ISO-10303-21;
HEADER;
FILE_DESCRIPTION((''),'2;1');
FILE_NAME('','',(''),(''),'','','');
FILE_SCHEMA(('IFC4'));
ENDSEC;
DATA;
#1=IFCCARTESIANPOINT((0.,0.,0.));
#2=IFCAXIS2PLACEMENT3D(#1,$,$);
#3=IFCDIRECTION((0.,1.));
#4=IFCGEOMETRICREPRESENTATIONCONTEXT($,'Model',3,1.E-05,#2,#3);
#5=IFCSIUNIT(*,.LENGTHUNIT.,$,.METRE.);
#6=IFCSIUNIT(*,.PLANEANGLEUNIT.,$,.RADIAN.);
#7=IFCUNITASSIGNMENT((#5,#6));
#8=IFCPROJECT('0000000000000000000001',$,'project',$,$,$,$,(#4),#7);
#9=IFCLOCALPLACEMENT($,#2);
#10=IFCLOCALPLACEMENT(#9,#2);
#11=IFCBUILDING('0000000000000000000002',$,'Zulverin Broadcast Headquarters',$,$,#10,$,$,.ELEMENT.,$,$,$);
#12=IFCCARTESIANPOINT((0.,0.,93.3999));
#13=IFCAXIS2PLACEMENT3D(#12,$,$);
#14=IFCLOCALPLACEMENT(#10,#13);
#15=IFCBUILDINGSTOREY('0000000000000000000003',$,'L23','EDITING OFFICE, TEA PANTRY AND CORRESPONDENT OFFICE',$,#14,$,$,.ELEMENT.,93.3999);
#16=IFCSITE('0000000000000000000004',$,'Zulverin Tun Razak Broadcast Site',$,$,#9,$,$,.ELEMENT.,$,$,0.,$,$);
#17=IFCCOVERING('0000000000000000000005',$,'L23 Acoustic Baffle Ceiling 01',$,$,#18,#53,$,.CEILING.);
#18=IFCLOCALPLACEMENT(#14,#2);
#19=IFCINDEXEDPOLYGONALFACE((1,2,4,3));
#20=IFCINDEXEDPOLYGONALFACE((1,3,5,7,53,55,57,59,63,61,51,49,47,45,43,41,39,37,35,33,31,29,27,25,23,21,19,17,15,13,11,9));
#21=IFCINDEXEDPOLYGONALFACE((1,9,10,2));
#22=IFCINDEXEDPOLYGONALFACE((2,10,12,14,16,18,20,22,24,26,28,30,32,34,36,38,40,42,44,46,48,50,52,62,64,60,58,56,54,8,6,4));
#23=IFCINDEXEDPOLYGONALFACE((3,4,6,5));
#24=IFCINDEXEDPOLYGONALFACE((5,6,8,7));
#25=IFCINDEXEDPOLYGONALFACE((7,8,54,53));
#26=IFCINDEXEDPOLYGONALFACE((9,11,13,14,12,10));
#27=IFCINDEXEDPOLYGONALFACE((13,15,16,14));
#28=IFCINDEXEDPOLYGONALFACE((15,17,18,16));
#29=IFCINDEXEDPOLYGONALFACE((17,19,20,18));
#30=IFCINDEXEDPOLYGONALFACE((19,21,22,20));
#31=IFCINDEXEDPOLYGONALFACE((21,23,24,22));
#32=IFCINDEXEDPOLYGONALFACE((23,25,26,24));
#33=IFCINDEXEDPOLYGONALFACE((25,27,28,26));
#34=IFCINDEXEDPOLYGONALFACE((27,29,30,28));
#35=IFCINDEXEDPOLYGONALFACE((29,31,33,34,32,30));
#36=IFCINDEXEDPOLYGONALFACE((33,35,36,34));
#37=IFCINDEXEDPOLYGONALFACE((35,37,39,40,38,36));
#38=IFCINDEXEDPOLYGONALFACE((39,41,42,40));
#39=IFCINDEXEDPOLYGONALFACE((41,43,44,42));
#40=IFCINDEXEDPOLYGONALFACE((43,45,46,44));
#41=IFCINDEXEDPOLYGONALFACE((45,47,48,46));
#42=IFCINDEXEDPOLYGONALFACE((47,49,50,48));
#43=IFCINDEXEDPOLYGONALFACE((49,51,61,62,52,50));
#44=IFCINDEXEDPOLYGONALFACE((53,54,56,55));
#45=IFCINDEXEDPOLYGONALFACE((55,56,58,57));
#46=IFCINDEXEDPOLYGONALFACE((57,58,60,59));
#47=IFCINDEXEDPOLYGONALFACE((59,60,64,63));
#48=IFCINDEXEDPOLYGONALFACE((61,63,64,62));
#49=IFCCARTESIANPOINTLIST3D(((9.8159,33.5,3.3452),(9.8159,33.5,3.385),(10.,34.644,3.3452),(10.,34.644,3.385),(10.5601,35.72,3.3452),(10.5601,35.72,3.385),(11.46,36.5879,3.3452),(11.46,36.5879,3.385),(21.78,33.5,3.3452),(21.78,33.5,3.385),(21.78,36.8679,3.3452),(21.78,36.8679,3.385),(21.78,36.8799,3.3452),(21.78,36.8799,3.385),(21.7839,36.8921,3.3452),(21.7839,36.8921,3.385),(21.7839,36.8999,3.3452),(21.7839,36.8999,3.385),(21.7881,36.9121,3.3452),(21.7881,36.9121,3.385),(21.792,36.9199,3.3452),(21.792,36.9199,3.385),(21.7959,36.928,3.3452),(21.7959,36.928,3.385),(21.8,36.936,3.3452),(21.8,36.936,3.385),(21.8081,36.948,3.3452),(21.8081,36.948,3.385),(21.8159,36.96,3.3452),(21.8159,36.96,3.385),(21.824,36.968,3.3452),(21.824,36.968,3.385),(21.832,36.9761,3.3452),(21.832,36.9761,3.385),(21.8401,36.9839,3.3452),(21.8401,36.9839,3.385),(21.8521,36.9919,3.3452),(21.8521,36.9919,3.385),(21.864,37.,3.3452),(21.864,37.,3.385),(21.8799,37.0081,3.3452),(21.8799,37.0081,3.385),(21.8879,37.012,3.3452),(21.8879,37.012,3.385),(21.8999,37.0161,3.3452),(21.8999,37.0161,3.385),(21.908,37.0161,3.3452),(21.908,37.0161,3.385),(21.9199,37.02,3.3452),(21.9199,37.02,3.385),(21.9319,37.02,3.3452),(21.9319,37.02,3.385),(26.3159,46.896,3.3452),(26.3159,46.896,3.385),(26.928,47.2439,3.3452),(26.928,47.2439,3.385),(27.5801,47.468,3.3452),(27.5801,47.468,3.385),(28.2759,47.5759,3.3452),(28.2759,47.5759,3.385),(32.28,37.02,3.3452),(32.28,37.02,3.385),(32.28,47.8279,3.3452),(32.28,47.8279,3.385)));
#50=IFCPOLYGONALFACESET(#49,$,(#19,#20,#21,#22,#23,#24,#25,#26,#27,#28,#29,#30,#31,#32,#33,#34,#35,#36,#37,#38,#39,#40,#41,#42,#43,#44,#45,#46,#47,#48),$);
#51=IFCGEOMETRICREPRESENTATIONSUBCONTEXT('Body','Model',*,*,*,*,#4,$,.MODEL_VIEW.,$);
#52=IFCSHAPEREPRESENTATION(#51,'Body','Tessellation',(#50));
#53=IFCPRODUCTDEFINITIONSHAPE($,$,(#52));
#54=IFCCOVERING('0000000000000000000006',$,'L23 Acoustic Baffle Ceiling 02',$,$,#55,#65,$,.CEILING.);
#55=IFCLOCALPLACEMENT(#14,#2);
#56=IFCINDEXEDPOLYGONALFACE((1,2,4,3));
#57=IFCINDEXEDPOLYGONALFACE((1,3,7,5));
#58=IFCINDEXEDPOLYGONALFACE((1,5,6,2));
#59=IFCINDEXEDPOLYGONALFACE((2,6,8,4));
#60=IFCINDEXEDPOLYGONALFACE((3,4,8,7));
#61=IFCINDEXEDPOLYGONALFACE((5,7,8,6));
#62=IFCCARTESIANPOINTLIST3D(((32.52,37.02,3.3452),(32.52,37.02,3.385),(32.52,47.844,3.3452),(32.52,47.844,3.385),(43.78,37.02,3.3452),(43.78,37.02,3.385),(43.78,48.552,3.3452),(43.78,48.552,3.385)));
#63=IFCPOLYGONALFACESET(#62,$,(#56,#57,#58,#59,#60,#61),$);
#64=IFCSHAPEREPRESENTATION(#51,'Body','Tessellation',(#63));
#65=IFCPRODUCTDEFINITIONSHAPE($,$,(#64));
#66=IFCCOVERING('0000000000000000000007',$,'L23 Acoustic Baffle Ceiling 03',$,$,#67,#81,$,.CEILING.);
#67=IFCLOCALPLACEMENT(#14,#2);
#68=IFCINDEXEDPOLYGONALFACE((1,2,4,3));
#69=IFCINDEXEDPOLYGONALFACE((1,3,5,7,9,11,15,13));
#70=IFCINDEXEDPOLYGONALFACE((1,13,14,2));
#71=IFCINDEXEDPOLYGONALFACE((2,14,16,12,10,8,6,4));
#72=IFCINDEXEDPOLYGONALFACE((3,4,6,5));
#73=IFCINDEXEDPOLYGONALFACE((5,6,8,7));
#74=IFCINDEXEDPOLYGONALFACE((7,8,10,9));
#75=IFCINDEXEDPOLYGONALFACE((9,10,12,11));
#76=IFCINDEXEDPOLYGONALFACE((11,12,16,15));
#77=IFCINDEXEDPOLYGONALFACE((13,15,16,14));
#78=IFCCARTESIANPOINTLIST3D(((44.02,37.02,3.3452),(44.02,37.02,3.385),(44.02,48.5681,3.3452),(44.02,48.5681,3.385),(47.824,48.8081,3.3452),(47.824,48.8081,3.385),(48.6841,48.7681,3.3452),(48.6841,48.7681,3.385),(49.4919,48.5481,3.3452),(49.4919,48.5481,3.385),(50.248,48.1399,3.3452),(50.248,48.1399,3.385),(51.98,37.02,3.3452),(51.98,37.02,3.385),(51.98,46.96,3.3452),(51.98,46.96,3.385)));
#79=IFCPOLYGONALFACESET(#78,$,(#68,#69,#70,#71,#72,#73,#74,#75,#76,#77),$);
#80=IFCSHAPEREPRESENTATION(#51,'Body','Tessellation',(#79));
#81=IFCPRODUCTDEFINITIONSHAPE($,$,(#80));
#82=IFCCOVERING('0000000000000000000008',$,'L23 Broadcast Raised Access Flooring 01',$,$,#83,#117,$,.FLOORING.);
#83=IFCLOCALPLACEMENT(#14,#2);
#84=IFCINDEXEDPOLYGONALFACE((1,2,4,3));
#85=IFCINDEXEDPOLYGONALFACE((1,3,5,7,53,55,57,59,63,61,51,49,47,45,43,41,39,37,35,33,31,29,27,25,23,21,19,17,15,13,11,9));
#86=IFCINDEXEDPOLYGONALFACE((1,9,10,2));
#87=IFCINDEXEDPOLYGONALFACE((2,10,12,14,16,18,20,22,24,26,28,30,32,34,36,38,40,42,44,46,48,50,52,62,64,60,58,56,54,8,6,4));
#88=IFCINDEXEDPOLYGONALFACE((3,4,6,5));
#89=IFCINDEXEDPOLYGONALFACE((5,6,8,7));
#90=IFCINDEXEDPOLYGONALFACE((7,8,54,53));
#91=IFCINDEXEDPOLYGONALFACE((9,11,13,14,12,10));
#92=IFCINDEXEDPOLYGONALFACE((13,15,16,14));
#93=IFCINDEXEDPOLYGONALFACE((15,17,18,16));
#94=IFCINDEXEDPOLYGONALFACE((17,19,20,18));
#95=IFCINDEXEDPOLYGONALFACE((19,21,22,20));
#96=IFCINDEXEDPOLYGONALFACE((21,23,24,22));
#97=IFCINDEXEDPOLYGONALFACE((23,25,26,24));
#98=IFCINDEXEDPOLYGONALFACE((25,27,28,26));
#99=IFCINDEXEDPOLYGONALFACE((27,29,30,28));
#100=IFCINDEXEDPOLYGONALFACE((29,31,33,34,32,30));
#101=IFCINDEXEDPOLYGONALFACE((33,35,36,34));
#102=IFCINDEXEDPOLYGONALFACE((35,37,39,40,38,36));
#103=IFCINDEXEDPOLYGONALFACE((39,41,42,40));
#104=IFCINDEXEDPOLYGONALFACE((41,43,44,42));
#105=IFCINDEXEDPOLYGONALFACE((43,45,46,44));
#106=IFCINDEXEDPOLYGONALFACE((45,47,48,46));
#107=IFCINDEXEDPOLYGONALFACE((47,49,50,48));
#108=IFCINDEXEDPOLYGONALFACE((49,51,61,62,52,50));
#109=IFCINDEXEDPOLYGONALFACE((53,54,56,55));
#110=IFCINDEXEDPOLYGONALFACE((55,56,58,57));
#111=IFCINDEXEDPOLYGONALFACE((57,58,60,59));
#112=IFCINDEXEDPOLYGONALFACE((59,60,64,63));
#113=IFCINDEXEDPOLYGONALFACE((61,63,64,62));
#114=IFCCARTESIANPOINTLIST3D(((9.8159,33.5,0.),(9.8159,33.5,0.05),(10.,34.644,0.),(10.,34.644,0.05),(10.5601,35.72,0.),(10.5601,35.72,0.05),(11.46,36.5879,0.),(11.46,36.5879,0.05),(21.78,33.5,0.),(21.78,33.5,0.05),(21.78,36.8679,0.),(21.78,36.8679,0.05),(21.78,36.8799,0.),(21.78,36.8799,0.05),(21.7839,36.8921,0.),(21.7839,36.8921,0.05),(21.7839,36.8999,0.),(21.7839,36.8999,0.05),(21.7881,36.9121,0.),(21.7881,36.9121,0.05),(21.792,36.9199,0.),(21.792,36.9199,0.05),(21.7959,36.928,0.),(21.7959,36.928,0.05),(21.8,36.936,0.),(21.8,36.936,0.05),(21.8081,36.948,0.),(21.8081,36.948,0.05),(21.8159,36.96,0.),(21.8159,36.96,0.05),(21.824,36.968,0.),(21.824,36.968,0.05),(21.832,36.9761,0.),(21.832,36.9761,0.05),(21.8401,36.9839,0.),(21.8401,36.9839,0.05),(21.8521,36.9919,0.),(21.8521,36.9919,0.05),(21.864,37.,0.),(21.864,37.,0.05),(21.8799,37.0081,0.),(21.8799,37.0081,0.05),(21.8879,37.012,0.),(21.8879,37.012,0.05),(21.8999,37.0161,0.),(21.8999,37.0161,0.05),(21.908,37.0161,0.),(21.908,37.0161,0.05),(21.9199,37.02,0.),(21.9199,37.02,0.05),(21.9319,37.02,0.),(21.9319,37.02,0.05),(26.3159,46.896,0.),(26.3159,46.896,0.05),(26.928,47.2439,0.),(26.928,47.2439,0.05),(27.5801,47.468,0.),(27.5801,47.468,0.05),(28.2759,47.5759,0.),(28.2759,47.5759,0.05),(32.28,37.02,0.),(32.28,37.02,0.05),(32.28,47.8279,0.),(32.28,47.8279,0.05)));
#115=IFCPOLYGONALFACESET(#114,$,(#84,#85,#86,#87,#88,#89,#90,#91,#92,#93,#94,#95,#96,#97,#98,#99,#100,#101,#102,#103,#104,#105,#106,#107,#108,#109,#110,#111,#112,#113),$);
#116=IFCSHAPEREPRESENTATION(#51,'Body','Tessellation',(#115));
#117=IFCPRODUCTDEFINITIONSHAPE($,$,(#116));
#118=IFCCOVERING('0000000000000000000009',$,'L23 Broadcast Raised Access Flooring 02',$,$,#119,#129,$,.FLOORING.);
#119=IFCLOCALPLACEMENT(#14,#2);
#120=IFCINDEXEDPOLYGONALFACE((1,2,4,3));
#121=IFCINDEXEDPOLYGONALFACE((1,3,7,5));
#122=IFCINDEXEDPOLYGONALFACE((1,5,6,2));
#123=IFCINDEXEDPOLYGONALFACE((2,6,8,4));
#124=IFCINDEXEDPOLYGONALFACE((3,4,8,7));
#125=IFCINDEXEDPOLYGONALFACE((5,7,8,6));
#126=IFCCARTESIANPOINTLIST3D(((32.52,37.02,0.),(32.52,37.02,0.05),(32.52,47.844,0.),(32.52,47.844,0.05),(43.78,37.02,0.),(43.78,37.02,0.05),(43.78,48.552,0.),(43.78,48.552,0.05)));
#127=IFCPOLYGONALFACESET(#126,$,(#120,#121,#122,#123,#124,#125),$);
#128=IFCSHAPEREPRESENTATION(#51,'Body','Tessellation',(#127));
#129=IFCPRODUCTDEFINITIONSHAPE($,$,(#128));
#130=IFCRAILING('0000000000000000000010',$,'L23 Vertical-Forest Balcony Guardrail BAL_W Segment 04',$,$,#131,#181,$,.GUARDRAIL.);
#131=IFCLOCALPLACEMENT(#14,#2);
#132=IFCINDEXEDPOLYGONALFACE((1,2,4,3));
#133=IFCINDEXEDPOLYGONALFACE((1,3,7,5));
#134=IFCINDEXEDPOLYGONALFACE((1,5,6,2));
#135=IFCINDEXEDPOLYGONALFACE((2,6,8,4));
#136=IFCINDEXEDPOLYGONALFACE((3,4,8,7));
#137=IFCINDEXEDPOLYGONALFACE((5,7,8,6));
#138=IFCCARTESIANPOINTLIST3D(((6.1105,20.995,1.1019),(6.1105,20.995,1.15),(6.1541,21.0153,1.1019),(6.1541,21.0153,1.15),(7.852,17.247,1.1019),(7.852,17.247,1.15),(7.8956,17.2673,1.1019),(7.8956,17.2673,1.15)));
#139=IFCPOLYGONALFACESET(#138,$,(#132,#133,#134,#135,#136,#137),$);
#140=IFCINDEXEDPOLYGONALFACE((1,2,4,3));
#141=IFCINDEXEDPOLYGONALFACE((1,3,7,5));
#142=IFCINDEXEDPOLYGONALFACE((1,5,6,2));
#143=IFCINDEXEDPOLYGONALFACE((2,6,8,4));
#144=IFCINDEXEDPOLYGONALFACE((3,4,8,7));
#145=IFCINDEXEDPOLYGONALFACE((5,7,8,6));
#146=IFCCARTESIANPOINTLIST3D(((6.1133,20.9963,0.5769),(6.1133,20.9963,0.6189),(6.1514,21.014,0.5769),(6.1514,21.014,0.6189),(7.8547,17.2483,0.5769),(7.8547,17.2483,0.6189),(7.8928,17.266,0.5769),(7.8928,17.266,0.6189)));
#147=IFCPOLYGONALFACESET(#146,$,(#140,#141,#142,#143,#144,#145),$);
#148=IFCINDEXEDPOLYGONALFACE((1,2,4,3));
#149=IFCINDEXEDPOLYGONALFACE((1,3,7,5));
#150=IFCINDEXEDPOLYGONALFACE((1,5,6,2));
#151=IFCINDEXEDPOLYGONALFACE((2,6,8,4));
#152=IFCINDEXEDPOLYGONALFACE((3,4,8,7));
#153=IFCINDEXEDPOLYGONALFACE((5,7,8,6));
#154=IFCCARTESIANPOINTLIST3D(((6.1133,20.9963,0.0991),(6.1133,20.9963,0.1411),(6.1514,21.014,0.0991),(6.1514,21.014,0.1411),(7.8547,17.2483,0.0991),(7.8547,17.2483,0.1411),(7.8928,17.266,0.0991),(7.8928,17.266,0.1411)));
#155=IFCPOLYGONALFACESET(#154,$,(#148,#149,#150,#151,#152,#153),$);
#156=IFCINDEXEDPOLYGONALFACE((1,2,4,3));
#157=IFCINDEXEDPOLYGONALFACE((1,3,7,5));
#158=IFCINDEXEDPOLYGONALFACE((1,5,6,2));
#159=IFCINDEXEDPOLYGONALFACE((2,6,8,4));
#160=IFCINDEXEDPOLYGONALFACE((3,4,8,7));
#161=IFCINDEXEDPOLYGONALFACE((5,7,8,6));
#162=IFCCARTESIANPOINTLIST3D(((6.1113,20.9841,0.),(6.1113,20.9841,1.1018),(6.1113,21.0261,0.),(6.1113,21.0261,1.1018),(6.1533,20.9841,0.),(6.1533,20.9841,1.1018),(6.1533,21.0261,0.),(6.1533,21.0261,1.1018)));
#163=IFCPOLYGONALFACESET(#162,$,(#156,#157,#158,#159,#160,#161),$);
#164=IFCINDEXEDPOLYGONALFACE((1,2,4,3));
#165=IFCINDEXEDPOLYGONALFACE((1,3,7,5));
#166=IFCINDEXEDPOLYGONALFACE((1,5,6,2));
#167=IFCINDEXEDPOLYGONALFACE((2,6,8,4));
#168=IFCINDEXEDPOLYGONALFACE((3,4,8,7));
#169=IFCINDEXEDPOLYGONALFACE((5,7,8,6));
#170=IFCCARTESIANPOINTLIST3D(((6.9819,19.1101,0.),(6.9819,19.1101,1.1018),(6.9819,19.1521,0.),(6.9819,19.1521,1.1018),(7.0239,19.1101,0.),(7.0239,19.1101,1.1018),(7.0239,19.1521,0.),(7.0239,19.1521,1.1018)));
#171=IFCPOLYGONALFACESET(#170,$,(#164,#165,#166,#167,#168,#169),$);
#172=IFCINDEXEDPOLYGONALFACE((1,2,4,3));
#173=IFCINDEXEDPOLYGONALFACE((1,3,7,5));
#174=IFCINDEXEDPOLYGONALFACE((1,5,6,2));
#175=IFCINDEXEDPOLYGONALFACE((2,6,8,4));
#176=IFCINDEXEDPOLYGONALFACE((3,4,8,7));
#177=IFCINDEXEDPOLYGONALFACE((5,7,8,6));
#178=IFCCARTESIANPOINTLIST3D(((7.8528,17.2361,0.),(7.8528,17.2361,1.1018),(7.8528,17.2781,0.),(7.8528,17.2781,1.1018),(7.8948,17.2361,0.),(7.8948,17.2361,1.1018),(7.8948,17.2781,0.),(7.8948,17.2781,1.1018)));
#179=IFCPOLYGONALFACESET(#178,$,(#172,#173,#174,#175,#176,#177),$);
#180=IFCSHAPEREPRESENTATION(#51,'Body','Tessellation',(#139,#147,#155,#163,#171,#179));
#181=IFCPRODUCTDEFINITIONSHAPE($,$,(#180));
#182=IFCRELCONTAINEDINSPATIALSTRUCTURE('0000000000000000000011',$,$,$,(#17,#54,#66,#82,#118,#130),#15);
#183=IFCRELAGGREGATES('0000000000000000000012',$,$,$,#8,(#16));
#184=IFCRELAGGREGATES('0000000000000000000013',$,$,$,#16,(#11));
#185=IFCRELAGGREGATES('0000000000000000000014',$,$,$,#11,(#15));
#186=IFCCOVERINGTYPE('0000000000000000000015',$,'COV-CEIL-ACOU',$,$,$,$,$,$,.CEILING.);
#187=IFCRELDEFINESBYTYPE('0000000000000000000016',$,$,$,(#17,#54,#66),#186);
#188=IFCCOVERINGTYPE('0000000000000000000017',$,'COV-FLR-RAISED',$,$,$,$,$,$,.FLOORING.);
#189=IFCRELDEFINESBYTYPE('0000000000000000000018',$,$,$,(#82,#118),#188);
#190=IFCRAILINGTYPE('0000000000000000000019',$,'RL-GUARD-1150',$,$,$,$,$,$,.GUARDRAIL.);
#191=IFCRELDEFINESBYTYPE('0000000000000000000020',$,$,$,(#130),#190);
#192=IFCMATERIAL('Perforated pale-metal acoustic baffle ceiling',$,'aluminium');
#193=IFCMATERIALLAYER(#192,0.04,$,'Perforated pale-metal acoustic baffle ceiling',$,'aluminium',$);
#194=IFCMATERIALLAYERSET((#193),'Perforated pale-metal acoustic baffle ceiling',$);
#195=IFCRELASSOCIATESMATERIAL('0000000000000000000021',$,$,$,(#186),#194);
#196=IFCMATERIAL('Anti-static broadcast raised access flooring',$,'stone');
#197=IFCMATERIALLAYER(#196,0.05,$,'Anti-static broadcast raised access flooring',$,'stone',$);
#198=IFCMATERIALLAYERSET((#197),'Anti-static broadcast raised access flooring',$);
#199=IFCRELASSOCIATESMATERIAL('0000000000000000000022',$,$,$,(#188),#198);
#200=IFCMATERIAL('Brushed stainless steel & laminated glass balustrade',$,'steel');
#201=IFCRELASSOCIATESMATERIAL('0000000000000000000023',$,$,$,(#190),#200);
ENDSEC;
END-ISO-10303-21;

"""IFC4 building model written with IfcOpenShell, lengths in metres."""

from ifc_helpers import new_model, si_unit, direction, frame, origin, origin_2d, place, context, subcontext, project, spatial, polyline, rectangle, outline, extrude, material, layer, layer_set, type_object, element, save


model = new_model("IFC4")

# Units and contexts
model_context = context("Model", 3, precision=1e-05, world=origin(), true_north=direction((0.0, 1.0)))
body_context = subcontext(model_context, "Body", "Model", "MODEL_VIEW")
ifc_project = project(units=[si_unit("LENGTHUNIT", "METRE"), si_unit("PLANEANGLEUNIT", "RADIAN")], contexts=[model_context])

# Site, building, storey
site_placement = place(None, origin())
site = spatial("IfcSite", under=ifc_project, at=site_placement, Name="Zulverin Tun Razak Broadcast Site", CompositionType="ELEMENT", RefElevation=0.0)
building_placement = place(site_placement, origin())
building = spatial("IfcBuilding", under=site, at=building_placement, Name="Zulverin Broadcast Headquarters", CompositionType="ELEMENT")
storey_placement = place(building_placement, frame((0.0, 0.0, 93.3999)))
storey = spatial("IfcBuildingStorey", under=building, at=storey_placement, Name="L23", Description="EDITING OFFICE, TEA PANTRY AND CORRESPONDENT OFFICE", CompositionType="ELEMENT", Elevation=93.3999)

# Coverings
ifc_material_1 = material(Name="Perforated pale-metal acoustic baffle ceiling", Category="aluminium")
ifc_layer_1 = layer(ifc_material_1, 0.04, Name="Perforated pale-metal acoustic baffle ceiling", Category="aluminium")
ifc_layer_set_1 = layer_set([ifc_layer_1], Name="Perforated pale-metal acoustic baffle ceiling")
covering_type_1 = type_object("IfcCoveringType", Name="COV-CEIL-ACOU", PredefinedType="CEILING", material=ifc_layer_set_1)
covering_1_placement = place(storey_placement, frame((0.0, 0.0, 3.3452)))
element("IfcCovering", 1, at=covering_1_placement, inside=storey, type_object=covering_type_1, Name="L23 Acoustic Baffle Ceiling 01", PredefinedType="CEILING", context=body_context, shape_type="SweptSolid", body=[
    extrude(outline(polyline([(11.46, 36.5879), (10.5601, 35.72), (10.0, 34.644), (9.8159, 33.5), (21.78, 33.5), (21.78, 36.8679), (21.78, 36.8799), (21.7839, 36.8921), (21.7839, 36.8999), (21.7881, 36.9121), (21.792, 36.9199), (21.7959, 36.928), (21.8, 36.936), (21.8081, 36.948), (21.8159, 36.96), (21.824, 36.968), (21.832, 36.9761), (21.8401, 36.9839), (21.8521, 36.9919), (21.864, 37.0), (21.8799, 37.0081), (21.8879, 37.012), (21.8999, 37.0161), (21.908, 37.0161), (21.9199, 37.02), (21.9319, 37.02), (32.28, 37.02), (32.28, 47.8279), (28.2759, 47.5759), (27.5801, 47.468), (26.928, 47.2439), (26.3159, 46.896), (11.46, 36.5879)])), origin(), (0.0, 0.0, 1.0), 0.0398),
])
covering_2_placement = place(storey_placement, frame((0.0, 0.0, 3.3452)))
element("IfcCovering", 2, at=covering_2_placement, inside=storey, type_object=covering_type_1, Name="L23 Acoustic Baffle Ceiling 02", PredefinedType="CEILING", context=body_context, shape_type="SweptSolid", body=[
    extrude(outline(polyline([(43.78, 37.02), (43.78, 48.552), (32.52, 47.844), (32.52, 37.02), (43.78, 37.02)])), origin(), (0.0, 0.0, 1.0), 0.0398),
])
covering_3_placement = place(storey_placement, frame((0.0, 0.0, 3.3452)))
element("IfcCovering", 3, at=covering_3_placement, inside=storey, type_object=covering_type_1, Name="L23 Acoustic Baffle Ceiling 03", PredefinedType="CEILING", context=body_context, shape_type="SweptSolid", body=[
    extrude(outline(polyline([(51.98, 37.02), (51.98, 46.96), (50.248, 48.1399), (49.4919, 48.5481), (48.6841, 48.7681), (47.824, 48.8081), (44.02, 48.5681), (44.02, 37.02), (51.98, 37.02)])), origin(), (0.0, 0.0, 1.0), 0.0398),
])
ifc_material_2 = material(Name="Anti-static broadcast raised access flooring", Category="stone")
ifc_layer_2 = layer(ifc_material_2, 0.05, Name="Anti-static broadcast raised access flooring", Category="stone")
ifc_layer_set_2 = layer_set([ifc_layer_2], Name="Anti-static broadcast raised access flooring")
covering_type_2 = type_object("IfcCoveringType", Name="COV-FLR-RAISED", PredefinedType="FLOORING", material=ifc_layer_set_2)
covering_4_placement = place(storey_placement, origin())
element("IfcCovering", 4, at=covering_4_placement, inside=storey, type_object=covering_type_2, Name="L23 Broadcast Raised Access Flooring 01", PredefinedType="FLOORING", context=body_context, shape_type="SweptSolid", body=[
    extrude(outline(polyline([(11.46, 36.5879), (10.5601, 35.72), (10.0, 34.644), (9.8159, 33.5), (21.78, 33.5), (21.78, 36.8679), (21.78, 36.8799), (21.7839, 36.8921), (21.7839, 36.8999), (21.7881, 36.9121), (21.792, 36.9199), (21.7959, 36.928), (21.8, 36.936), (21.8081, 36.948), (21.8159, 36.96), (21.824, 36.968), (21.832, 36.9761), (21.8401, 36.9839), (21.8521, 36.9919), (21.864, 37.0), (21.8799, 37.0081), (21.8879, 37.012), (21.8999, 37.0161), (21.908, 37.0161), (21.9199, 37.02), (21.9319, 37.02), (32.28, 37.02), (32.28, 47.8279), (28.2759, 47.5759), (27.5801, 47.468), (26.928, 47.2439), (26.3159, 46.896), (11.46, 36.5879)])), origin(), (0.0, 0.0, 1.0), 0.05),
])
covering_5_placement = place(storey_placement, origin())
element("IfcCovering", 5, at=covering_5_placement, inside=storey, type_object=covering_type_2, Name="L23 Broadcast Raised Access Flooring 02", PredefinedType="FLOORING", context=body_context, shape_type="SweptSolid", body=[
    extrude(outline(polyline([(43.78, 37.02), (43.78, 48.552), (32.52, 47.844), (32.52, 37.02), (43.78, 37.02)])), origin(), (0.0, 0.0, 1.0), 0.05),
])

# Railing
ifc_material_3 = material(Name="Brushed stainless steel & laminated glass balustrade", Category="steel")
railing_type = type_object("IfcRailingType", Name="RL-GUARD-1150", PredefinedType="GUARDRAIL", material=ifc_material_3)
railing_1_placement = place(storey_placement, frame((6.1323, 21.0051, 0.0)))
element("IfcRailing", 6, at=railing_1_placement, inside=storey, type_object=railing_type, Name="L23 Vertical-Forest Balcony Guardrail BAL_W Segment 04", PredefinedType="GUARDRAIL", context=body_context, shape_type="SweptSolid", body=[
    extrude(rectangle(XDim=0.0481, YDim=0.0481, at=origin_2d()), frame((0.0, 0.0, 1.126), z_axis=(0.421368, -0.90689, 0.0), x_axis=(0.90689, 0.421368, 0.0)), (0.0, 0.0, 1.0), 4.1328),
    extrude(rectangle(XDim=0.042, YDim=0.042, at=origin_2d()), frame((0.0, 0.0, 0.5979), z_axis=(0.421368, -0.90689, 0.0), x_axis=(0.90689, 0.421368, 0.0)), (0.0, 0.0, 1.0), 4.1328),
    extrude(rectangle(XDim=0.042, YDim=0.042, at=origin_2d()), frame((0.0, 0.0, 0.1201), z_axis=(0.421368, -0.90689, 0.0), x_axis=(0.90689, 0.421368, 0.0)), (0.0, 0.0, 1.0), 4.1328),
    extrude(rectangle(XDim=0.042, YDim=0.042, at=origin_2d()), origin(), (0.0, 0.0, 1.0), 1.1018),
    extrude(rectangle(XDim=0.042, YDim=0.042, at=origin_2d()), frame((0.8706, -1.874, 0.0)), (0.0, 0.0, 1.0), 1.1018),
    extrude(rectangle(XDim=0.042, YDim=0.042, at=origin_2d()), frame((1.7415, -3.748, 0.0)), (0.0, 0.0, 1.0), 1.1018),
])

save(model, "model.ifc")
